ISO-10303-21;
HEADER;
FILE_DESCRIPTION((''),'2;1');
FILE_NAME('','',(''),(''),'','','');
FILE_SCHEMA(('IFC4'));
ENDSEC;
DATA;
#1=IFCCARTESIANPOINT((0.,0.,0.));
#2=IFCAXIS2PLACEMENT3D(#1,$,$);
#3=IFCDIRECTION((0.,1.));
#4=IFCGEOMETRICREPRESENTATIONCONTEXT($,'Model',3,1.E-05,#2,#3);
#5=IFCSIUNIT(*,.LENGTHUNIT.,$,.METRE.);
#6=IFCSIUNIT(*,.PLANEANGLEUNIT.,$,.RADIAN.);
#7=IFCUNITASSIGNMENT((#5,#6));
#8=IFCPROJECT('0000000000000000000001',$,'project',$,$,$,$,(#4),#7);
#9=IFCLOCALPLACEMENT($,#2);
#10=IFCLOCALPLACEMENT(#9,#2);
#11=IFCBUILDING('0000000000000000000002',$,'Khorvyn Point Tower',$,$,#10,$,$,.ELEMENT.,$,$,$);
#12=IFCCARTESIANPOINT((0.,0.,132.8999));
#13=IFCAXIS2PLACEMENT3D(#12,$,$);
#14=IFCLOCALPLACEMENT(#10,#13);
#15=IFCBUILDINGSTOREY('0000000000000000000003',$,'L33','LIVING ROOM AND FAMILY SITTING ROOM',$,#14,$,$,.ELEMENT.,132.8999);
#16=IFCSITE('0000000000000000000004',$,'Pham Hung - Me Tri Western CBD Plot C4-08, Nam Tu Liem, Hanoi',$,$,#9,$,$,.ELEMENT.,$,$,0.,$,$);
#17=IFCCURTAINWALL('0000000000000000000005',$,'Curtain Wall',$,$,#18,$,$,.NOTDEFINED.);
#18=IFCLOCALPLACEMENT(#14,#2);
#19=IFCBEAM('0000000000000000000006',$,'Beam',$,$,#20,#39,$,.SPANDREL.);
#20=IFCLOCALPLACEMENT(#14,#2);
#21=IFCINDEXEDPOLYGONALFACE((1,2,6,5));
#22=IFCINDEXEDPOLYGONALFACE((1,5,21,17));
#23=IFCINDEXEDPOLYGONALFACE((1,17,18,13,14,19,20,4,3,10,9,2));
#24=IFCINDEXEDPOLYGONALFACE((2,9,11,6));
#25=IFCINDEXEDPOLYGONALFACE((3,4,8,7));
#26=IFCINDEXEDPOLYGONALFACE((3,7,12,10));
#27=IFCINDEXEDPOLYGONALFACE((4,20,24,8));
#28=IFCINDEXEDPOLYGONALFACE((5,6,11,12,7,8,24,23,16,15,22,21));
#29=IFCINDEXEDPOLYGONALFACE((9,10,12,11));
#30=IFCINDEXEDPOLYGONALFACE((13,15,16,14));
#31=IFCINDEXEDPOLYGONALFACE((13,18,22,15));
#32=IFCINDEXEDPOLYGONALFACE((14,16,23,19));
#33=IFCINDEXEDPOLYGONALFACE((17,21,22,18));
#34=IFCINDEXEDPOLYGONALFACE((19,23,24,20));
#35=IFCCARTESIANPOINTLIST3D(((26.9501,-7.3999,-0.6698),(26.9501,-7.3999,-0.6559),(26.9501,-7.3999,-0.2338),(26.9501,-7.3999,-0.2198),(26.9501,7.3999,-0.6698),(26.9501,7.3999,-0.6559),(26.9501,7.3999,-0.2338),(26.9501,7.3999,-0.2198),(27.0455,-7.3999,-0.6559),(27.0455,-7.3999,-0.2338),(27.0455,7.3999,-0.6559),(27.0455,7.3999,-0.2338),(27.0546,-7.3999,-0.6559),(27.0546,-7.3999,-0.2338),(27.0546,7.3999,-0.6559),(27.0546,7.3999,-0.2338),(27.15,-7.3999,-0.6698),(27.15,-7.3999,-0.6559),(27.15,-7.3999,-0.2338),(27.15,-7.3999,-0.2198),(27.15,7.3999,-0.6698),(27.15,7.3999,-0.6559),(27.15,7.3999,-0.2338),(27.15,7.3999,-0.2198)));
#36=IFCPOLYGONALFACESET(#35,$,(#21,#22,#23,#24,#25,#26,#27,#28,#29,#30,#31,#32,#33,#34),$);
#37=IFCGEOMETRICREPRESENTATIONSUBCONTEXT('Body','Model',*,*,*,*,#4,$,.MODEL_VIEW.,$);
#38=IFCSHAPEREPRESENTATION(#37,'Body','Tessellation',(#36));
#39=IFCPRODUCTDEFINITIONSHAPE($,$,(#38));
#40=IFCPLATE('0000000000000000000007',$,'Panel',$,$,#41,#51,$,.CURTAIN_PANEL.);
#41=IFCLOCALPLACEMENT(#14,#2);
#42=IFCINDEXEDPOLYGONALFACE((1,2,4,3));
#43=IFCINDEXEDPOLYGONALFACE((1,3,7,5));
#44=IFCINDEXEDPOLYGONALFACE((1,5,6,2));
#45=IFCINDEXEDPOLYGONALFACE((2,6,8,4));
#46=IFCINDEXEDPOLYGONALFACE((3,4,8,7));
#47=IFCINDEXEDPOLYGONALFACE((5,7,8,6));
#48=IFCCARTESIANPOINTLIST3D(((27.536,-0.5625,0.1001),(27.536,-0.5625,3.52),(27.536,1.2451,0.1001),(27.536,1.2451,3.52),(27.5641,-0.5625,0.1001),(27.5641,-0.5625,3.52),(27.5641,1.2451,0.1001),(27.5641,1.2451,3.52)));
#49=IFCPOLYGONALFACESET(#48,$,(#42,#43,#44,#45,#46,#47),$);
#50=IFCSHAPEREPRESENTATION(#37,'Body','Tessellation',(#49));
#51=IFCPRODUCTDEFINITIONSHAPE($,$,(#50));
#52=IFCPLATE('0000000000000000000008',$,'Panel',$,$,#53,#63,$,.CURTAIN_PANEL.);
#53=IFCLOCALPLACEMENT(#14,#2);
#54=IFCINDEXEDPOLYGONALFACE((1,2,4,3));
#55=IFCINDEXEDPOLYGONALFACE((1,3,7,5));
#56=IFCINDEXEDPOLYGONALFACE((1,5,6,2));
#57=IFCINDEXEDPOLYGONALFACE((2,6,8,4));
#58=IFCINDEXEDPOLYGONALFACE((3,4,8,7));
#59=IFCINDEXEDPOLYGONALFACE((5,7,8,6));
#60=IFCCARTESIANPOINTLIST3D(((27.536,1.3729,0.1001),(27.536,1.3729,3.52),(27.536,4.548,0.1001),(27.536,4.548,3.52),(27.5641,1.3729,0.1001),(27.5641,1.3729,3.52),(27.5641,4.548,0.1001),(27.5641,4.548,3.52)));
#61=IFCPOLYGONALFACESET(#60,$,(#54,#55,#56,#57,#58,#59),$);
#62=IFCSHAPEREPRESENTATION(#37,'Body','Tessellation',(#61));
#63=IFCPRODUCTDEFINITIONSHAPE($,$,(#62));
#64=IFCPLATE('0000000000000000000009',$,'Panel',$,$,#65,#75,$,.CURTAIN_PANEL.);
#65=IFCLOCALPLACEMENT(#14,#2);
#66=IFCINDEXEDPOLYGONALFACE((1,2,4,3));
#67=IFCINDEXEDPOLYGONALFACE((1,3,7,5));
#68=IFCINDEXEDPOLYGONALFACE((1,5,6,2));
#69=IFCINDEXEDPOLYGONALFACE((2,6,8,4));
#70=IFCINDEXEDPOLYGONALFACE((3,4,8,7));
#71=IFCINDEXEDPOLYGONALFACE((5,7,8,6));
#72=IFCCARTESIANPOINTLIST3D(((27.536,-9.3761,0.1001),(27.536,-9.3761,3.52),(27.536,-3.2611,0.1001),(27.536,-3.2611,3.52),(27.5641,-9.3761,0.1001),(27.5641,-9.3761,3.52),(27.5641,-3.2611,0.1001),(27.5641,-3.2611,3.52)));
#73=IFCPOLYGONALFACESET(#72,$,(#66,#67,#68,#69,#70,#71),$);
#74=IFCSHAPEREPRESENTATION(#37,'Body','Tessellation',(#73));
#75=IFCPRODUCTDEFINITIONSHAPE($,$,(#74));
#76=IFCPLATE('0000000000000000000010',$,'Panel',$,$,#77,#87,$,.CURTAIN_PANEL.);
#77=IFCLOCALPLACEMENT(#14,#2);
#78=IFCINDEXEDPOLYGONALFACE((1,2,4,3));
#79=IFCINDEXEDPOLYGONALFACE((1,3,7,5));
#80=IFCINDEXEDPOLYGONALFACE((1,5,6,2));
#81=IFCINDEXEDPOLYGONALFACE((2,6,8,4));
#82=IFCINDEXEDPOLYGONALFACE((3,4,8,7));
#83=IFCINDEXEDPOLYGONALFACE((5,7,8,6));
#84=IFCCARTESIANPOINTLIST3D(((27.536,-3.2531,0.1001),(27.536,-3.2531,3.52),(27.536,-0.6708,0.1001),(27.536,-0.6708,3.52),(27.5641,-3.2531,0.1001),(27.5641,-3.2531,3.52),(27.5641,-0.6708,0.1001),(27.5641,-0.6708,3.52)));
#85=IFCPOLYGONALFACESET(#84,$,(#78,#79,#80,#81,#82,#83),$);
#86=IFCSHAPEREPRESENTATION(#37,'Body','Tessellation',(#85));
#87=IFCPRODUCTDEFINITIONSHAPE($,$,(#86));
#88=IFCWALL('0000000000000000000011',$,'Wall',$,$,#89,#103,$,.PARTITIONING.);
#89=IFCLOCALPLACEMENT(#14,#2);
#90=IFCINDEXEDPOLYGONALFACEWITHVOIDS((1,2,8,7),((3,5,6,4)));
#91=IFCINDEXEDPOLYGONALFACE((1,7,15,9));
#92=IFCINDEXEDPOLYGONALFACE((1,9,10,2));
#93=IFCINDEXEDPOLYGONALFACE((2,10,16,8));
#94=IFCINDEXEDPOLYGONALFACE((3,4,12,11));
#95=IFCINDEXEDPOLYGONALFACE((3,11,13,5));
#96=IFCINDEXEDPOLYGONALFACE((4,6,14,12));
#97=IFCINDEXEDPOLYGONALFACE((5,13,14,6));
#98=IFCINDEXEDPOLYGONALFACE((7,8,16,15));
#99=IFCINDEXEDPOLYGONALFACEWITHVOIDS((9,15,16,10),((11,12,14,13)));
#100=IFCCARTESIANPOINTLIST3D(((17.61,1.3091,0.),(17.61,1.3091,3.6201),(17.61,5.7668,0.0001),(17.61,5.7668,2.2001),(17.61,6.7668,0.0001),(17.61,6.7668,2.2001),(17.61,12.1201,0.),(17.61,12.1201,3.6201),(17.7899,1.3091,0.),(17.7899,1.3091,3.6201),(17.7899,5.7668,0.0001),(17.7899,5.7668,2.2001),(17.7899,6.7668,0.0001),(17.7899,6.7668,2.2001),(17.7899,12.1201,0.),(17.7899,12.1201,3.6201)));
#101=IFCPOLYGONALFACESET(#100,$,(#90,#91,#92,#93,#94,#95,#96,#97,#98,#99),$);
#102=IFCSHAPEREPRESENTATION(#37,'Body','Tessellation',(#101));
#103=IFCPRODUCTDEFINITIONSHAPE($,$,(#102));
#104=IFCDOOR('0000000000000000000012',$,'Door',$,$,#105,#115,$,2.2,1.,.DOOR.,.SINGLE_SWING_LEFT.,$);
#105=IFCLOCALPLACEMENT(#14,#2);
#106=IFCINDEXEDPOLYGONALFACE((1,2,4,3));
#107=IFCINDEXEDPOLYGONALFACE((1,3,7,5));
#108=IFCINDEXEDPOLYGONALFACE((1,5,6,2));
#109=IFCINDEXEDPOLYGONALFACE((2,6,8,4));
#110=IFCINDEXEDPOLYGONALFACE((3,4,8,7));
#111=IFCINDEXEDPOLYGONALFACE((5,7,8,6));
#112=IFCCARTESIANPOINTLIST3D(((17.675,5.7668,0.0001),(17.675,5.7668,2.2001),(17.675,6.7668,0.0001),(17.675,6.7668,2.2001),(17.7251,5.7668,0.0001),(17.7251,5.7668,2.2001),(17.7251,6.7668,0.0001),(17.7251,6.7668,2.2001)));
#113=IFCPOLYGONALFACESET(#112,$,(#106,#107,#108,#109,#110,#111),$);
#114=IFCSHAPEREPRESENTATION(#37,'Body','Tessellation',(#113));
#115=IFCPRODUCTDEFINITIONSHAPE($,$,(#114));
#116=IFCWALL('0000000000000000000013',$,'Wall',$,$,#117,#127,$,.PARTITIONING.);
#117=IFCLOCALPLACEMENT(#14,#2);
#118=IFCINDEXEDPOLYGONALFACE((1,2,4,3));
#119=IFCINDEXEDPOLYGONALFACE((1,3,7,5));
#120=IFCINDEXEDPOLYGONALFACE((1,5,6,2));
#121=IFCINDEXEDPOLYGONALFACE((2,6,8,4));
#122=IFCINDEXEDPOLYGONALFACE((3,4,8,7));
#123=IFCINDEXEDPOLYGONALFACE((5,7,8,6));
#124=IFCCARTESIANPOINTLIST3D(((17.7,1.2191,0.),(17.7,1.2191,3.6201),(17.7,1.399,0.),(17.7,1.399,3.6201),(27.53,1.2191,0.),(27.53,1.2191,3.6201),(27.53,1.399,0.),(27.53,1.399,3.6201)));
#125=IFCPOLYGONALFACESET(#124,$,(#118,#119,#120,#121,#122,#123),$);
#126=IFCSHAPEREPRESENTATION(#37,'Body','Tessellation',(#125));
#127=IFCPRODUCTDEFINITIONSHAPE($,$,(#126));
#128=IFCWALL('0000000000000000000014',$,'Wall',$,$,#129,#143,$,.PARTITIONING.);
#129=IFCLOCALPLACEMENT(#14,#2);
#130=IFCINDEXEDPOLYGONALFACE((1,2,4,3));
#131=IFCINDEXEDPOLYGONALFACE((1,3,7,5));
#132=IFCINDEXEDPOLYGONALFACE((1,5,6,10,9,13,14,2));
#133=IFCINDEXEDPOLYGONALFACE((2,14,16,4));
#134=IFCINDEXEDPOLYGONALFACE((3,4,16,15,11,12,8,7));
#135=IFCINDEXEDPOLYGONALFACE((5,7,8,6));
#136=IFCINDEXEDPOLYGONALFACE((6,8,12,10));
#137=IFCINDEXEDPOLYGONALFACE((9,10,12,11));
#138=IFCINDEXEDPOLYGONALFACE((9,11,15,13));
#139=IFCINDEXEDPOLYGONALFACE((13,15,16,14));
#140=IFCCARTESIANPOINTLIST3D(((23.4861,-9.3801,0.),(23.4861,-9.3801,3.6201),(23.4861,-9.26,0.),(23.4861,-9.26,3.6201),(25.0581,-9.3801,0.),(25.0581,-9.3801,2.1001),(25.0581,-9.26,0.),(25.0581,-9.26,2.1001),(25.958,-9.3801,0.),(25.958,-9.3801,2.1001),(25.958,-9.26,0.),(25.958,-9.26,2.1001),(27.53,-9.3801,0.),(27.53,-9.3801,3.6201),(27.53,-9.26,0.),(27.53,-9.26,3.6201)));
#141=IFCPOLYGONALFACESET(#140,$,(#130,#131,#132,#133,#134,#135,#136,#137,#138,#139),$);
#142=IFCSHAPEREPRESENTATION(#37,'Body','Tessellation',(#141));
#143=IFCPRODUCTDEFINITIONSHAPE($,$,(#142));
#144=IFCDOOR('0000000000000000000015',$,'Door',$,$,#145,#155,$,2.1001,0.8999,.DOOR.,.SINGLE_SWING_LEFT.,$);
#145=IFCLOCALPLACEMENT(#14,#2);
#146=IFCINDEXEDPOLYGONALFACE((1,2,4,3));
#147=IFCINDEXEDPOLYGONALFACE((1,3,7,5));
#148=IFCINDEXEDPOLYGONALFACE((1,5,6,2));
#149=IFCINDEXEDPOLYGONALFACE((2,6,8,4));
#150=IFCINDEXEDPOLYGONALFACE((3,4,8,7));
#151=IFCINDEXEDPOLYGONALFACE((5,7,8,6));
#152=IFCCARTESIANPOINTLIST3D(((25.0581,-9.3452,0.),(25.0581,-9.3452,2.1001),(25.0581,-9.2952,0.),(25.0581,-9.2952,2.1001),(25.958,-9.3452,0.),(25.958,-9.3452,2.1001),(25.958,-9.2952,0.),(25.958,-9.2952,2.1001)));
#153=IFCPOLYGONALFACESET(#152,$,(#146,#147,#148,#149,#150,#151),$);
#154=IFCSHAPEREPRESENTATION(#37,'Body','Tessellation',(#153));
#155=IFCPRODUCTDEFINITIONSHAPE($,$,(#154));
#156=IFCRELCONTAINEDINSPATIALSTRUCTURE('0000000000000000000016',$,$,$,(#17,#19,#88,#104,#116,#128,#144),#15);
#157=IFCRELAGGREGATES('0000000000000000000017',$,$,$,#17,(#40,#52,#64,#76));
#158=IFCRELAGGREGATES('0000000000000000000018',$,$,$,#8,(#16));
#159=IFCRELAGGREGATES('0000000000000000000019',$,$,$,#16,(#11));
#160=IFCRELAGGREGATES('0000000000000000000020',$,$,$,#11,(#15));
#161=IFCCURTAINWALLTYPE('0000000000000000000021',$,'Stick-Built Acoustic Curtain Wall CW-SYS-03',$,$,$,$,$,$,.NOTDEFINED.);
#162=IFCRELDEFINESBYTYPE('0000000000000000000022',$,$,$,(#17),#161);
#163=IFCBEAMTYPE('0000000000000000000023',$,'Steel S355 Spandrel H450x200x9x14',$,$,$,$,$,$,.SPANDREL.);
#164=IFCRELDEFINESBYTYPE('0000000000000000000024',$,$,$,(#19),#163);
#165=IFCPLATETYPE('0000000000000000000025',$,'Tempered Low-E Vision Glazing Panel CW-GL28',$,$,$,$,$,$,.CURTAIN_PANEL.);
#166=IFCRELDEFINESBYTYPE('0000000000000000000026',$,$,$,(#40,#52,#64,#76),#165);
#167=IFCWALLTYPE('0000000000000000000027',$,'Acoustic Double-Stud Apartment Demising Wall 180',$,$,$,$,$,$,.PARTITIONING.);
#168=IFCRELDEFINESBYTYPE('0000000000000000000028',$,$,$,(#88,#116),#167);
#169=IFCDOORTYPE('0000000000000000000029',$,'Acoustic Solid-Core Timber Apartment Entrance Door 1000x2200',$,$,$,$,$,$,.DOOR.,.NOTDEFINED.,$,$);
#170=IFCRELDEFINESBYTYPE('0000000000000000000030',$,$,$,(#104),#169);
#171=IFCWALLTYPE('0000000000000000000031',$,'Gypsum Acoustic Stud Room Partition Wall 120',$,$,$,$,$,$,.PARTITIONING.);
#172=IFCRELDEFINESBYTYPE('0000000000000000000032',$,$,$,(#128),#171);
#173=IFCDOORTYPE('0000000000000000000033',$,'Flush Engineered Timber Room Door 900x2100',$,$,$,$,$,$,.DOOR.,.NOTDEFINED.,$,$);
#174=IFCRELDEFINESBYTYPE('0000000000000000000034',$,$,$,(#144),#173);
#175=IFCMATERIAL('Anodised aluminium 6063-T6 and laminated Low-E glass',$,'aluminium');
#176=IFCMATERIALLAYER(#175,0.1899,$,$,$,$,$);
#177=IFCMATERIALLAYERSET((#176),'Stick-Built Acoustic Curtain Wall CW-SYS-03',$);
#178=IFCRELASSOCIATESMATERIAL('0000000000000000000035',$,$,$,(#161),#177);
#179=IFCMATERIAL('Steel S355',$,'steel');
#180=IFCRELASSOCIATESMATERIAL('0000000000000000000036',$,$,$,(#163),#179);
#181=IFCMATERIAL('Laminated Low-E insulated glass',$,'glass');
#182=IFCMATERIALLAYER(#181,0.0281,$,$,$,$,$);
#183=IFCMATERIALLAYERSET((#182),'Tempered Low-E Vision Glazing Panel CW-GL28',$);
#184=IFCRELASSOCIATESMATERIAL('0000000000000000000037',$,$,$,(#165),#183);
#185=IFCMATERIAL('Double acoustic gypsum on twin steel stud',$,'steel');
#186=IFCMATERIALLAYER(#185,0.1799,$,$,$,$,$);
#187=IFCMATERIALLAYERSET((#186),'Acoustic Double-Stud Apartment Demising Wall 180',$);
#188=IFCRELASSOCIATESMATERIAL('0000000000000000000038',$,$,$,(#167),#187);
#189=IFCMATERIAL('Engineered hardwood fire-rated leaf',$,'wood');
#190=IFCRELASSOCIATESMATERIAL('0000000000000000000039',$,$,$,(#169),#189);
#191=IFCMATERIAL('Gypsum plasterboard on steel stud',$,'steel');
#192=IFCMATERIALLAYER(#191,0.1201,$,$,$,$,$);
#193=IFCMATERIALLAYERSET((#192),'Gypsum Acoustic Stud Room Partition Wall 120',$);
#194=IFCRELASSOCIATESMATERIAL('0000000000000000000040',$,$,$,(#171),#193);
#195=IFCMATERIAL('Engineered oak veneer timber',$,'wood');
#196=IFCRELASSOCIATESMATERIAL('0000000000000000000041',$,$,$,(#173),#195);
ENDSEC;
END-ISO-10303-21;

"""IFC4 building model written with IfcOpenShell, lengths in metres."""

from ifc_helpers import new_model, si_unit, direction, frame, frame_2d, origin, origin_2d, place, context, subcontext, project, spatial, rectangle, i_section, extrude, material, layer, layer_set, material_profile, profile_set, type_object, element, fill, aggregate, save


model = new_model("IFC4")

# Units and contexts
model_context = context("Model", 3, precision=1e-05, world=origin(), true_north=direction((0.0, 1.0)))
body_context = subcontext(model_context, "Body", "Model", "MODEL_VIEW")
ifc_project = project(units=[si_unit("LENGTHUNIT", "METRE"), si_unit("PLANEANGLEUNIT", "RADIAN")], contexts=[model_context])

# Site, building, storey
site_placement = place(None, origin())
site = spatial("IfcSite", under=ifc_project, at=site_placement, Name="Pham Hung - Me Tri Western CBD Plot C4-08, Nam Tu Liem, Hanoi", CompositionType="ELEMENT", RefElevation=0.0)
building_placement = place(site_placement, origin())
building = spatial("IfcBuilding", under=site, at=building_placement, Name="Khorvyn Point Tower", CompositionType="ELEMENT")
storey_placement = place(building_placement, frame((0.0, 0.0, 132.8999)))
storey = spatial("IfcBuildingStorey", under=building, at=storey_placement, Name="L33", Description="LIVING ROOM AND FAMILY SITTING ROOM", CompositionType="ELEMENT", Elevation=132.8999)

# Curtain wall
ifc_material_1 = material(Name="Anodised aluminium 6063-T6 and laminated Low-E glass", Category="aluminium")
ifc_layer_1 = layer(ifc_material_1, 0.1899)
ifc_layer_set_1 = layer_set([ifc_layer_1], Name="Stick-Built Acoustic Curtain Wall CW-SYS-03")
curtain_wall_type = type_object("IfcCurtainWallType", Name="Stick-Built Acoustic Curtain Wall CW-SYS-03", PredefinedType="NOTDEFINED", material=ifc_layer_set_1)
curtain_wall_placement = place(storey_placement, origin())
curtain_wall = element("IfcCurtainWall", 1, at=curtain_wall_placement, inside=storey, type_object=curtain_wall_type, Name="Curtain Wall", PredefinedType="NOTDEFINED")

# Beam
ifc_material_2 = material(Name="Steel S355", Category="steel")
ifc_material_profile_1 = material_profile(ifc_material_2, i_section(OverallWidth=0.2, OverallDepth=0.45, WebThickness=0.009, FlangeThickness=0.0139, at=origin_2d()))
ifc_profile_set_1 = profile_set([ifc_material_profile_1], Name="Steel S355 H450x200x9x14")
beam_type_1 = type_object("IfcBeamType", Name="Steel S355 Spandrel H450x200x9x14", PredefinedType="SPANDREL", material=ifc_profile_set_1)
beam_1_placement = place(storey_placement, frame((27.05, -7.3999, -0.4448), z_axis=(0.0, 1.0, 0.0), x_axis=(-1.0, 0.0, 0.0)))
element("IfcBeam", 2, at=beam_1_placement, inside=storey, type_object=beam_type_1, Name="Beam", PredefinedType="SPANDREL", context=body_context, shape_type="SweptSolid", body=[
    extrude(i_section(OverallWidth=0.2, OverallDepth=0.45, WebThickness=0.009, FlangeThickness=0.0139, at=origin_2d()), origin(), (0.0, 0.0, 1.0), 14.7998),
])

# Plates
ifc_material_3 = material(Name="Laminated Low-E insulated glass", Category="glass")
ifc_layer_2 = layer(ifc_material_3, 0.0281)
ifc_layer_set_2 = layer_set([ifc_layer_2], Name="Tempered Low-E Vision Glazing Panel CW-GL28")
plate_type = type_object("IfcPlateType", Name="Tempered Low-E Vision Glazing Panel CW-GL28", PredefinedType="CURTAIN_PANEL", material=ifc_layer_set_2)
plate_1_placement = place(storey_placement, frame((27.55, 0.3413, 0.1001), z_axis=(0.0, 0.0, 1.0), x_axis=(0.0, -1.0, 0.0)))
plate_1 = element("IfcPlate", 3, at=plate_1_placement, type_object=plate_type, Name="Panel", PredefinedType="CURTAIN_PANEL", context=body_context, shape_type="SweptSolid", body=[
    extrude(rectangle(XDim=1.8076, YDim=0.0281, at=origin_2d()), origin(), (0.0, 0.0, 1.0), 3.4199),
])
plate_2_placement = place(storey_placement, frame((27.55, 2.9604, 0.1001), z_axis=(0.0, 0.0, 1.0), x_axis=(0.0, -1.0, 0.0)))
plate_2 = element("IfcPlate", 4, at=plate_2_placement, type_object=plate_type, Name="Panel", PredefinedType="CURTAIN_PANEL", context=body_context, shape_type="SweptSolid", body=[
    extrude(rectangle(XDim=3.175, YDim=0.0281, at=origin_2d()), origin(), (0.0, 0.0, 1.0), 3.4199),
])
plate_3_placement = place(storey_placement, frame((27.55, -6.3186, 0.1001), z_axis=(0.0, 0.0, 1.0), x_axis=(0.0, -1.0, 0.0)))
plate_3 = element("IfcPlate", 5, at=plate_3_placement, type_object=plate_type, Name="Panel", PredefinedType="CURTAIN_PANEL", context=body_context, shape_type="SweptSolid", body=[
    extrude(rectangle(XDim=6.115, YDim=0.0281, at=origin_2d()), origin(), (0.0, 0.0, 1.0), 3.4199),
])
plate_4_placement = place(storey_placement, frame((27.55, -1.9619, 0.1001), z_axis=(0.0, 0.0, 1.0), x_axis=(0.0, -1.0, 0.0)))
plate_4 = element("IfcPlate", 6, at=plate_4_placement, type_object=plate_type, Name="Panel", PredefinedType="CURTAIN_PANEL", context=body_context, shape_type="SweptSolid", body=[
    extrude(rectangle(XDim=2.5823, YDim=0.0281, at=origin_2d()), origin(), (0.0, 0.0, 1.0), 3.4199),
])
aggregate(curtain_wall, [plate_1, plate_2, plate_3, plate_4])

# Wall, opening, door
ifc_material_4 = material(Name="Double acoustic gypsum on twin steel stud", Category="steel")
ifc_layer_3 = layer(ifc_material_4, 0.1799)
ifc_layer_set_3 = layer_set([ifc_layer_3], Name="Acoustic Double-Stud Apartment Demising Wall 180")
wall_type_1 = type_object("IfcWallType", Name="Acoustic Double-Stud Apartment Demising Wall 180", PredefinedType="PARTITIONING", material=ifc_layer_set_3)
wall_1_placement = place(storey_placement, frame((17.7, 1.3091, 0.0), z_axis=(0.0, 0.0, 1.0), x_axis=(0.0, 1.0, 0.0)))
wall_1 = element("IfcWall", 7, at=wall_1_placement, inside=storey, type_object=wall_type_1, Name="Wall", PredefinedType="PARTITIONING", context=body_context, shape_type="SweptSolid", body=[
    extrude(rectangle(XDim=10.811, YDim=0.1799, at=frame_2d((5.4055, 0.0))), origin(), (0.0, 0.0, 1.0), 3.6201),
])
opening_1_placement = place(wall_1_placement, frame((4.4578, 0.0, 0.0)))
opening_1 = element("IfcOpeningElement", 8, at=opening_1_placement, cuts=wall_1, PredefinedType="OPENING", context=body_context, shape_type="SweptSolid", body=[
    extrude(rectangle(XDim=1.0, YDim=2.2, at=frame_2d((0.5, 1.1001))), frame((0.0, 0.0999, 0.0), z_axis=(0.0, -1.0, 0.0), x_axis=(1.0, 0.0, 0.0)), (0.0, 0.0, 1.0), 0.2),
])
ifc_material_5 = material(Name="Engineered hardwood fire-rated leaf", Category="wood")
door_type_1 = type_object("IfcDoorType", Name="Acoustic Solid-Core Timber Apartment Entrance Door 1000x2200", OperationType="NOTDEFINED", PredefinedType="DOOR", material=ifc_material_5)
door_1_placement = place(opening_1_placement, origin())
door_1 = element("IfcDoor", 9, at=door_1_placement, inside=storey, type_object=door_type_1, Name="Door", OperationType="SINGLE_SWING_LEFT", OverallHeight=2.2, OverallWidth=1.0, PredefinedType="DOOR", context=body_context, shape_type="SweptSolid", body=[
    extrude(rectangle(XDim=1.0, YDim=2.2, at=frame_2d((0.5, 1.1001))), frame((0.0, 0.0249, 0.0), z_axis=(0.0, -1.0, 0.0), x_axis=(1.0, 0.0, 0.0)), (0.0, 0.0, 1.0), 0.05),
])
fill(opening_1, door_1)

# Wall
wall_2_placement = place(storey_placement, frame((17.7, 1.3091, 0.0), z_axis=(0.0, 0.0, 1.0), x_axis=(1.0, 0.0, 0.0)))
element("IfcWall", 10, at=wall_2_placement, inside=storey, type_object=wall_type_1, Name="Wall", PredefinedType="PARTITIONING", context=body_context, shape_type="SweptSolid", body=[
    extrude(rectangle(XDim=9.8301, YDim=0.1799, at=frame_2d((4.915, 0.0))), origin(), (0.0, 0.0, 1.0), 3.6201),
])

# Wall, opening, door
ifc_material_6 = material(Name="Gypsum plasterboard on steel stud", Category="steel")
ifc_layer_4 = layer(ifc_material_6, 0.1201)
ifc_layer_set_4 = layer_set([ifc_layer_4], Name="Gypsum Acoustic Stud Room Partition Wall 120")
wall_type_2 = type_object("IfcWallType", Name="Gypsum Acoustic Stud Room Partition Wall 120", PredefinedType="PARTITIONING", material=ifc_layer_set_4)
wall_3_placement = place(storey_placement, frame((23.4861, -9.3201, 0.0), z_axis=(0.0, 0.0, 1.0), x_axis=(1.0, 0.0, 0.0)))
wall_3 = element("IfcWall", 11, at=wall_3_placement, inside=storey, type_object=wall_type_2, Name="Wall", PredefinedType="PARTITIONING", context=body_context, shape_type="SweptSolid", body=[
    extrude(rectangle(XDim=4.0439, YDim=0.1201, at=frame_2d((2.022, 0.0))), origin(), (0.0, 0.0, 1.0), 3.6201),
])
opening_2_placement = place(wall_3_placement, frame((1.572, 0.0, 0.0)))
opening_2 = element("IfcOpeningElement", 12, at=opening_2_placement, cuts=wall_3, PredefinedType="OPENING", context=body_context, shape_type="SweptSolid", body=[
    extrude(rectangle(XDim=0.8999, YDim=2.1001, at=frame_2d((0.45, 1.05))), frame((0.0, 0.0701, 0.0), z_axis=(0.0, -1.0, 0.0), x_axis=(1.0, 0.0, 0.0)), (0.0, 0.0, 1.0), 0.1401),
])
ifc_material_7 = material(Name="Engineered oak veneer timber", Category="wood")
door_type_2 = type_object("IfcDoorType", Name="Flush Engineered Timber Room Door 900x2100", OperationType="NOTDEFINED", PredefinedType="DOOR", material=ifc_material_7)
door_2_placement = place(opening_2_placement, origin())
door_2 = element("IfcDoor", 13, at=door_2_placement, inside=storey, type_object=door_type_2, Name="Door", OperationType="SINGLE_SWING_LEFT", OverallHeight=2.1001, OverallWidth=0.8999, PredefinedType="DOOR", context=body_context, shape_type="SweptSolid", body=[
    extrude(rectangle(XDim=0.8999, YDim=2.1001, at=frame_2d((0.45, 1.05))), frame((0.0, 0.0249, 0.0), z_axis=(0.0, -1.0, 0.0), x_axis=(1.0, 0.0, 0.0)), (0.0, 0.0, 1.0), 0.05),
])
fill(opening_2, door_2)

save(model, "model.ifc")
